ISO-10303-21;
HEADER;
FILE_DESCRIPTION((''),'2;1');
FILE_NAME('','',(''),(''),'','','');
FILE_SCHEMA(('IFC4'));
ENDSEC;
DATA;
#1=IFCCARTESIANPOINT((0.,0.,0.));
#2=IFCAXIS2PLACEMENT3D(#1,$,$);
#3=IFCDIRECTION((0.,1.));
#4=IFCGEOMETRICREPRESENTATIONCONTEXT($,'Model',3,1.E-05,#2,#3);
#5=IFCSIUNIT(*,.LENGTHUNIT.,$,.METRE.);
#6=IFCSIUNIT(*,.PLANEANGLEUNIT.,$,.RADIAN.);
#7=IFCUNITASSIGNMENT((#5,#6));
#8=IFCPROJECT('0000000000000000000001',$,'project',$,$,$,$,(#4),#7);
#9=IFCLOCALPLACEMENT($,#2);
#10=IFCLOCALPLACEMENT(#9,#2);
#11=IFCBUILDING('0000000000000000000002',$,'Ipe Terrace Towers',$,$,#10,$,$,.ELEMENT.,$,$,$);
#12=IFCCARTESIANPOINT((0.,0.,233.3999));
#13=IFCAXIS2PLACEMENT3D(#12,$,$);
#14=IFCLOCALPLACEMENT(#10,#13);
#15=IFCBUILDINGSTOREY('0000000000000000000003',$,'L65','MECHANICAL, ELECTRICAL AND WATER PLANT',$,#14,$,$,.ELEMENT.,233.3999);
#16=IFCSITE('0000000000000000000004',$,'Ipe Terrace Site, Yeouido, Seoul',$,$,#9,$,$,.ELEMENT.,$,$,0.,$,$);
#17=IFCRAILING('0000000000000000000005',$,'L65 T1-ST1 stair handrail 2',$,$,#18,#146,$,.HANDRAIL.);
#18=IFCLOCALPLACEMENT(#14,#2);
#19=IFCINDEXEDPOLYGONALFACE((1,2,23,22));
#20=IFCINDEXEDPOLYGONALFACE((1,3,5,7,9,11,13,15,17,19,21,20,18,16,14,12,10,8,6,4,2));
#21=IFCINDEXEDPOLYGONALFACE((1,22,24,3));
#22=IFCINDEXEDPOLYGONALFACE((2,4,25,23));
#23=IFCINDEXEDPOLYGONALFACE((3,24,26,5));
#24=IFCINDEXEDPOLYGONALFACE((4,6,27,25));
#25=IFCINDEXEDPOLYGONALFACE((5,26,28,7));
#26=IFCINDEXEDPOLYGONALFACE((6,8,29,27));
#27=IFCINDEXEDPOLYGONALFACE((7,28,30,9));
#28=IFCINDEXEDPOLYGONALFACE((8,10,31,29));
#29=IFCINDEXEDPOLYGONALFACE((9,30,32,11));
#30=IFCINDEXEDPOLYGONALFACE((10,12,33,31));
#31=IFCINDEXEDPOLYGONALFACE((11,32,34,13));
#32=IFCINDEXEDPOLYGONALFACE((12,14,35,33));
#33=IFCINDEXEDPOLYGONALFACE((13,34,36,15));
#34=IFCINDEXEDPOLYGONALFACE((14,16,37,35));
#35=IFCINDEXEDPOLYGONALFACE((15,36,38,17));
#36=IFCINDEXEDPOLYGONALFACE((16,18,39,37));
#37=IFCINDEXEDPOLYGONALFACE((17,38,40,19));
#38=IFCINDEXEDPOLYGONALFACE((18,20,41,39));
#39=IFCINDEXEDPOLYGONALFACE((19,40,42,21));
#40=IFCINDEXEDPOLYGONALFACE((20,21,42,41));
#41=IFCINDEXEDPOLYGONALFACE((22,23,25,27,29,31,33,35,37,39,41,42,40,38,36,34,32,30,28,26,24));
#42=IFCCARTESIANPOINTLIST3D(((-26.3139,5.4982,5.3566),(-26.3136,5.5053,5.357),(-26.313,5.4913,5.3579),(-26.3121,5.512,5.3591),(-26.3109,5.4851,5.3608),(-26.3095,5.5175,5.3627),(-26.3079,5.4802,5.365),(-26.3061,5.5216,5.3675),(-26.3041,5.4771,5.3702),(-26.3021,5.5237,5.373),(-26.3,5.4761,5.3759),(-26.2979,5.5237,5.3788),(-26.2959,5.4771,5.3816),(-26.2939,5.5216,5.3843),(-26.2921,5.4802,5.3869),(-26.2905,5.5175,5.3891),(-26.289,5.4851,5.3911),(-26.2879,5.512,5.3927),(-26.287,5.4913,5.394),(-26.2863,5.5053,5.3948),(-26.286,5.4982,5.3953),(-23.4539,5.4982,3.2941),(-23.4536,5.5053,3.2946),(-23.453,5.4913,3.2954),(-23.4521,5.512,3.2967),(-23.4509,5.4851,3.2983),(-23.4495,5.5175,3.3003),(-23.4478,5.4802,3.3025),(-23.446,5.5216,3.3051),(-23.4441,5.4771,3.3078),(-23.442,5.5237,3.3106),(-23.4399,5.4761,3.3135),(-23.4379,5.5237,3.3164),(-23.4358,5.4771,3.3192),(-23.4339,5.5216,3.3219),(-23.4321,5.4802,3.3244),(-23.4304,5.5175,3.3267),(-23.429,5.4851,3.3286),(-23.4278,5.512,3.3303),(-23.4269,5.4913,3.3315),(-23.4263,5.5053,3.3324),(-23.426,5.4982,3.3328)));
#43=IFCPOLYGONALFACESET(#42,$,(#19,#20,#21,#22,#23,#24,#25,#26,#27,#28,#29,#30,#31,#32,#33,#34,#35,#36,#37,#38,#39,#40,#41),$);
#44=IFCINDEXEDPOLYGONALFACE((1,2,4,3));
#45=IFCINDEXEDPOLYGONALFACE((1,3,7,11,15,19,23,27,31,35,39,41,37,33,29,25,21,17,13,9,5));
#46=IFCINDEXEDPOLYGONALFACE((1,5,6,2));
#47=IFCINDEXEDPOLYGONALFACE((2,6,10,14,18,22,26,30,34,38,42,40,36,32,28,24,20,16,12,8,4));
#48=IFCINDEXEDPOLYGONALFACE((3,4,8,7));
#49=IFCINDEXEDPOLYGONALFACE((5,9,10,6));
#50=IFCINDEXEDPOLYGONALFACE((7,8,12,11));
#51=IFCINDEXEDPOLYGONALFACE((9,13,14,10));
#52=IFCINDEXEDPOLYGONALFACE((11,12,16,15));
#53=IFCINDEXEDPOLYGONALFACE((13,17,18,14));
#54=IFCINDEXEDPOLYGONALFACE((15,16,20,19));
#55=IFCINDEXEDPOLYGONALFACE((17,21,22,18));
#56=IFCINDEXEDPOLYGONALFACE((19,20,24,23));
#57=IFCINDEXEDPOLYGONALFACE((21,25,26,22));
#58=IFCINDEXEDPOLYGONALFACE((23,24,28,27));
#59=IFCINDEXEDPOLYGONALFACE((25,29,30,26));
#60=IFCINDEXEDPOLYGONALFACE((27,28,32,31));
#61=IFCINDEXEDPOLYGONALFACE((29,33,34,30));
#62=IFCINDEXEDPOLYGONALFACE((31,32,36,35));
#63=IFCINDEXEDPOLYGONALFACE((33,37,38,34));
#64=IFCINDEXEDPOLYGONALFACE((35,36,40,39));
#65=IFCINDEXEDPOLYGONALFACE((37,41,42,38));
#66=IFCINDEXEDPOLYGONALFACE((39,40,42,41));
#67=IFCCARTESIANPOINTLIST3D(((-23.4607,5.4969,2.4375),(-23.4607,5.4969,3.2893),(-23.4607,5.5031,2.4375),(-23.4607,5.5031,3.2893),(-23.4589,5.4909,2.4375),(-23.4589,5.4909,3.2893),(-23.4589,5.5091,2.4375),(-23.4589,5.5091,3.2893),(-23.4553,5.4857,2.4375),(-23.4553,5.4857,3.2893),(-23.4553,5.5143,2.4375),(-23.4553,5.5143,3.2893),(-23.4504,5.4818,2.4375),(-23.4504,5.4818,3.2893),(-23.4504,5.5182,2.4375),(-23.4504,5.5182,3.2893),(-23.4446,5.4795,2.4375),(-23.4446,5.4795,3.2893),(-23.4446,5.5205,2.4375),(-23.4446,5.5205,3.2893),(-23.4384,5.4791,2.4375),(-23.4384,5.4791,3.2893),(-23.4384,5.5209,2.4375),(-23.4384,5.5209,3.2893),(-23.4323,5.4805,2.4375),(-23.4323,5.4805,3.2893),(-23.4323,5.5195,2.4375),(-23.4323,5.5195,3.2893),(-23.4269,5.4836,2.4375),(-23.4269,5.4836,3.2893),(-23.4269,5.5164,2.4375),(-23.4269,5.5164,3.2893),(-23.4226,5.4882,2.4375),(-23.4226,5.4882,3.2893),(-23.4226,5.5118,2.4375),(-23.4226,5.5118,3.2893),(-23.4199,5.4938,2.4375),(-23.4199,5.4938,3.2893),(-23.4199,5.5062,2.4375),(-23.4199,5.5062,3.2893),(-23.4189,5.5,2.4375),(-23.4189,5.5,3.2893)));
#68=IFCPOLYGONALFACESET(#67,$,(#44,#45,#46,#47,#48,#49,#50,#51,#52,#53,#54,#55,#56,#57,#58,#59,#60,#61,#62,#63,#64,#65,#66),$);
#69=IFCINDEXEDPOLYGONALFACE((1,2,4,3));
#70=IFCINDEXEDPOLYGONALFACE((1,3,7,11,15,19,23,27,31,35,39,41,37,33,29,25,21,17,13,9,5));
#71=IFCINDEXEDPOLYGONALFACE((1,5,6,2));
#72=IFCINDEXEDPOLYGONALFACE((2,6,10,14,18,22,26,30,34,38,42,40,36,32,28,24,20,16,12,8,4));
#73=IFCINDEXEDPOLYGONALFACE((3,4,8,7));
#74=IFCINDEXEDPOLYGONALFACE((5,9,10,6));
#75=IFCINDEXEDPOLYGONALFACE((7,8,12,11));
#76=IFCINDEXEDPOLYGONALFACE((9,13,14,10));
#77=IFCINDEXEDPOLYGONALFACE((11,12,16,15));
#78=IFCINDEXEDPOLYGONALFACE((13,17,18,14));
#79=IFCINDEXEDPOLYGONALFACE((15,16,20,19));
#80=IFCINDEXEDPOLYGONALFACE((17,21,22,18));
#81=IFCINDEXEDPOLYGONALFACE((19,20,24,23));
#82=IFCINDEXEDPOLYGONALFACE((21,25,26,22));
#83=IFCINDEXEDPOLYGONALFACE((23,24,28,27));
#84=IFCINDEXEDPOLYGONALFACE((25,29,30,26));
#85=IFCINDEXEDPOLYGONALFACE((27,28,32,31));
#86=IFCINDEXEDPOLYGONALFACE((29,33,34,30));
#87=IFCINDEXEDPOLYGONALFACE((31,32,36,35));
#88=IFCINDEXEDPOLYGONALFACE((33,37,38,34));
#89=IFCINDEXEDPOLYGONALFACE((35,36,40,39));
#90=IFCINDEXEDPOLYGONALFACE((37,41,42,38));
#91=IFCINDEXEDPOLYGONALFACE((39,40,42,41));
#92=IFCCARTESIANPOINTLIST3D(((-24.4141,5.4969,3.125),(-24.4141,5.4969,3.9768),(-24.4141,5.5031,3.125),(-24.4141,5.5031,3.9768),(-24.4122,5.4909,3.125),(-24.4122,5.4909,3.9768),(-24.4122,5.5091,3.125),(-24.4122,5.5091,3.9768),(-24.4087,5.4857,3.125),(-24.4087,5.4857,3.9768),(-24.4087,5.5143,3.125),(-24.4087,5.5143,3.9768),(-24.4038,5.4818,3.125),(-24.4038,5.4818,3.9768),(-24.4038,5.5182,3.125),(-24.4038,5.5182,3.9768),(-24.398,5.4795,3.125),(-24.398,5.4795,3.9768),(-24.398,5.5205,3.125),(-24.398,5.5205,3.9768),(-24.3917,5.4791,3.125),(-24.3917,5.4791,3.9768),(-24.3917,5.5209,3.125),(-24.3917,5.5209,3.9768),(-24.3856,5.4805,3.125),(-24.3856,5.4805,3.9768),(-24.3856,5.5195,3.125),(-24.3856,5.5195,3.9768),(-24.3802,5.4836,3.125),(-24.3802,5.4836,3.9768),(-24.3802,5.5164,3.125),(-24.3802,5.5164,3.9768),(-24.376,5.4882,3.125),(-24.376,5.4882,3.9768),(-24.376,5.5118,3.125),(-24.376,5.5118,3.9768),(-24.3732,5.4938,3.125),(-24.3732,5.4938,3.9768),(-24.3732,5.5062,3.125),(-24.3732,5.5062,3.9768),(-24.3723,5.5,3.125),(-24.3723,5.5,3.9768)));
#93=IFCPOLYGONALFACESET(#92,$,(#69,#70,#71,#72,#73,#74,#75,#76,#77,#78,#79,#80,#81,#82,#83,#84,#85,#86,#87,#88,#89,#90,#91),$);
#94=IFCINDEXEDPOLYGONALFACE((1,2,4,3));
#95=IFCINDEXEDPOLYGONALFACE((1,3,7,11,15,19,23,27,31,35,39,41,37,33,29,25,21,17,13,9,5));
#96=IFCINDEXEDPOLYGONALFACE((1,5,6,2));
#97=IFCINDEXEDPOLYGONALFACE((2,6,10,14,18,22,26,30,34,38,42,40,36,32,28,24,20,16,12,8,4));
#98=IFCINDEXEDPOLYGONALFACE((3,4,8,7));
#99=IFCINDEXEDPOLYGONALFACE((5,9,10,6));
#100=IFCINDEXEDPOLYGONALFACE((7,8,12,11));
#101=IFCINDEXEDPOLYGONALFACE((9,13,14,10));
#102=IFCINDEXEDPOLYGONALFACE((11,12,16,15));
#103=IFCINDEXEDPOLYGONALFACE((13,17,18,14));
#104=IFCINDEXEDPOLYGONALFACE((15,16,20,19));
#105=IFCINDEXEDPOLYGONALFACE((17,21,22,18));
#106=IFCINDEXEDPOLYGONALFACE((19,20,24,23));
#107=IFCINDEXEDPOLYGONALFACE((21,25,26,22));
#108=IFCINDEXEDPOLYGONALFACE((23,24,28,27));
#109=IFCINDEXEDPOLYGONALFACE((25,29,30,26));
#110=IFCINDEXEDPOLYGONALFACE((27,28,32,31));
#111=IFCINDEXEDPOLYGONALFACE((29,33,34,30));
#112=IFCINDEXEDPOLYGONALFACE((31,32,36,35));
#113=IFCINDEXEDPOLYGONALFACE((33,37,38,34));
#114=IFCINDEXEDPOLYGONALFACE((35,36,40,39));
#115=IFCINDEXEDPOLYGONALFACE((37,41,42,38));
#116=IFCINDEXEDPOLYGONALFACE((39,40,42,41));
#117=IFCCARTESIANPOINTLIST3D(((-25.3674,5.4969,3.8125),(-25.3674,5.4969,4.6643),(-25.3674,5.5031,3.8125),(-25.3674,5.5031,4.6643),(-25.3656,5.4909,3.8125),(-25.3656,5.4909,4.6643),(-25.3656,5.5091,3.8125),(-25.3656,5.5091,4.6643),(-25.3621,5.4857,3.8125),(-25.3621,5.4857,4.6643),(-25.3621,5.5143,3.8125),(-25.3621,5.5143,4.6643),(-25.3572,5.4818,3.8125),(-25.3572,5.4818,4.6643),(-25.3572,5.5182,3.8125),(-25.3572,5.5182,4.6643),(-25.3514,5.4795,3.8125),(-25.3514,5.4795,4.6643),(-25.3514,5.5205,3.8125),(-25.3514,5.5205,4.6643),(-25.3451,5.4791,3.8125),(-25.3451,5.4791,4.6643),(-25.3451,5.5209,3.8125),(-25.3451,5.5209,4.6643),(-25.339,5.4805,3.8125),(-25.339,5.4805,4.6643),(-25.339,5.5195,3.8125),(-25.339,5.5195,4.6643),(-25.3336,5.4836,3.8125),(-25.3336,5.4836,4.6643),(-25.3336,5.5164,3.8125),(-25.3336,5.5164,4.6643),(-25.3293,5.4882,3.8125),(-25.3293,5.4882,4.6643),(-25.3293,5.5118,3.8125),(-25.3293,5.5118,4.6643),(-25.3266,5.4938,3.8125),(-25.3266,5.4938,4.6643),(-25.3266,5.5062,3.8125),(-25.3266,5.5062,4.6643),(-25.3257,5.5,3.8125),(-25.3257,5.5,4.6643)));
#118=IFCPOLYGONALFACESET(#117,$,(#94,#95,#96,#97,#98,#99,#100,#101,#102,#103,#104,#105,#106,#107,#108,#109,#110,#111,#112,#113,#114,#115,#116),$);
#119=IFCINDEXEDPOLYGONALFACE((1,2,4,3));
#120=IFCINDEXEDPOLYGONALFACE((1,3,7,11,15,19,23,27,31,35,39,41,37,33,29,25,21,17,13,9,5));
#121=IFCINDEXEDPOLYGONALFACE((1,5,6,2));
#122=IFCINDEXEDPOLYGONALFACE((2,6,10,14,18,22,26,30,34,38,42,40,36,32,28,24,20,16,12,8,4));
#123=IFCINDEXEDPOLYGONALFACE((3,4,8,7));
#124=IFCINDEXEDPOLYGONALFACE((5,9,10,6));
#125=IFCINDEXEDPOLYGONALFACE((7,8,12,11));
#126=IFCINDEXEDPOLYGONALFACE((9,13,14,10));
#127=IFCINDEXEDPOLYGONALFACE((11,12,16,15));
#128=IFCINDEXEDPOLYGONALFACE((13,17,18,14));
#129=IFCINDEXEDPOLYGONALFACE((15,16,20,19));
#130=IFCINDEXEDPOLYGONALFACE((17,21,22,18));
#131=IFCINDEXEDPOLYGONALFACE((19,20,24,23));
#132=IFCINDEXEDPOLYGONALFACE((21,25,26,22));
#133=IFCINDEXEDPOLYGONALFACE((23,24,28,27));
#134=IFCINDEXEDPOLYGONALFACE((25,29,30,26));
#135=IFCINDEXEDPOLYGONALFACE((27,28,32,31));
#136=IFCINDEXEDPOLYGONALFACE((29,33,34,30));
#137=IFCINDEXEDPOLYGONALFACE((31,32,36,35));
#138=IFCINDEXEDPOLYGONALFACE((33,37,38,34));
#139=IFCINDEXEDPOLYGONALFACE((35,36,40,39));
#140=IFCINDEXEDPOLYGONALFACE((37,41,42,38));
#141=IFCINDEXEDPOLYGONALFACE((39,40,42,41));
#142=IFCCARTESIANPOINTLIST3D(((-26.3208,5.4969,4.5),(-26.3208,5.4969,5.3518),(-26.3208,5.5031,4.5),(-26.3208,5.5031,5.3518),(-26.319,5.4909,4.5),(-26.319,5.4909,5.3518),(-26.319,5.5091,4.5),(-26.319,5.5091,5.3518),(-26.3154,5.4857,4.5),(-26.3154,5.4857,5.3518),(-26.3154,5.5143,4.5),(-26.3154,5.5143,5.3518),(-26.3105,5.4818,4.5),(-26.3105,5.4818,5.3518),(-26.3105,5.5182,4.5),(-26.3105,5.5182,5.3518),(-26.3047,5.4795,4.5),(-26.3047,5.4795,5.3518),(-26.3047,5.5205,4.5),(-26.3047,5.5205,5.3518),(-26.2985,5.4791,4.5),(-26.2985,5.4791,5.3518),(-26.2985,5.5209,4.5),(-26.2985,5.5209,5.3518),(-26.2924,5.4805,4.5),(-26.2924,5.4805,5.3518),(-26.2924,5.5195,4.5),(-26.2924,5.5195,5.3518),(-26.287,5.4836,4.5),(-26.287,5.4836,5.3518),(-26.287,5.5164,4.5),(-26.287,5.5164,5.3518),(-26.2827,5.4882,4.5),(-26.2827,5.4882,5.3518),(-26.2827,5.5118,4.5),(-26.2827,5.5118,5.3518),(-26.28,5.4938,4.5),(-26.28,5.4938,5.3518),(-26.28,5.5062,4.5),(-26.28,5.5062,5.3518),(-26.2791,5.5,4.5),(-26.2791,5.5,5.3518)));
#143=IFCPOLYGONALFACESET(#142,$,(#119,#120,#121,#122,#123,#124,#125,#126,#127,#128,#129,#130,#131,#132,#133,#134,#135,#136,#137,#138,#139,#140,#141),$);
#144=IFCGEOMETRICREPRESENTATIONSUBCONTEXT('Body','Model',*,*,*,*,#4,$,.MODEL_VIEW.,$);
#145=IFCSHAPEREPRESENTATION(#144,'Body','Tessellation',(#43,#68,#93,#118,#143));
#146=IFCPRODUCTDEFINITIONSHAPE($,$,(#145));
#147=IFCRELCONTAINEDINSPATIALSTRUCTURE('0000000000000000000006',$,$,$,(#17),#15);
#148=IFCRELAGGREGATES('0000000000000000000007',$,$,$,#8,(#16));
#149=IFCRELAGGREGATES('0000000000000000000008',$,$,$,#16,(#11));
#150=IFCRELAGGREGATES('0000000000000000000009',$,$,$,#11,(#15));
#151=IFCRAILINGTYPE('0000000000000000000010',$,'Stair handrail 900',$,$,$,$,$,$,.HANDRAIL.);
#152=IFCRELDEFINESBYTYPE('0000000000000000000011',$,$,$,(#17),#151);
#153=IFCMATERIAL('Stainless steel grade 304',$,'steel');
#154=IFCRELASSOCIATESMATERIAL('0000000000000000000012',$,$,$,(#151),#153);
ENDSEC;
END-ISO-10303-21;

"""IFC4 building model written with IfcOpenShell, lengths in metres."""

from ifc_helpers import new_model, si_unit, direction, frame, origin, origin_2d, place, context, subcontext, project, spatial, circle, extrude, material, type_object, element, save


model = new_model("IFC4")

# Units and contexts
model_context = context("Model", 3, precision=1e-05, world=origin(), true_north=direction((0.0, 1.0)))
body_context = subcontext(model_context, "Body", "Model", "MODEL_VIEW")
ifc_project = project(units=[si_unit("LENGTHUNIT", "METRE"), si_unit("PLANEANGLEUNIT", "RADIAN")], contexts=[model_context])

# Site, building, storey
site_placement = place(None, origin())
site = spatial("IfcSite", under=ifc_project, at=site_placement, Name="Ipe Terrace Site, Yeouido, Seoul", CompositionType="ELEMENT", RefElevation=0.0)
building_placement = place(site_placement, origin())
building = spatial("IfcBuilding", under=site, at=building_placement, Name="Ipe Terrace Towers", CompositionType="ELEMENT")
storey_placement = place(building_placement, frame((0.0, 0.0, 233.3999)))
storey = spatial("IfcBuildingStorey", under=building, at=storey_placement, Name="L65", Description="MECHANICAL, ELECTRICAL AND WATER PLANT", CompositionType="ELEMENT", Elevation=233.3999)

# Railing
ifc_material_1 = material(Name="Stainless steel grade 304", Category="steel")
railing_type_1 = type_object("IfcRailingType", Name="Stair handrail 900", PredefinedType="HANDRAIL", material=ifc_material_1)
railing_1_placement = place(storey_placement, frame((-23.4399, 5.5, 2.4375)))
element("IfcRailing", 1, at=railing_1_placement, inside=storey, type_object=railing_type_1, Name="L65 T1-ST1 stair handrail 2", PredefinedType="HANDRAIL", context=body_context, shape_type="SweptSolid", body=[
    extrude(circle(Radius=0.0239, at=origin_2d()), frame((0.0, 0.0, 0.876), z_axis=(-0.811101, 0.0, 0.584906), x_axis=(0.0, -1.0, 0.0)), (0.0, 0.0, 1.0), 3.5261),
    extrude(circle(Radius=0.021, at=origin_2d()), origin(), (0.0, 0.0, 1.0), 0.8518),
    extrude(circle(Radius=0.021, at=origin_2d()), frame((-0.9534, 0.0, 0.6875)), (0.0, 0.0, 1.0), 0.8518),
    extrude(circle(Radius=0.021, at=origin_2d()), frame((-1.9067, 0.0, 1.375)), (0.0, 0.0, 1.0), 0.8518),
    extrude(circle(Radius=0.021, at=origin_2d()), frame((-2.8601, 0.0, 2.0625)), (0.0, 0.0, 1.0), 0.8518),
])

save(model, "model.ifc")
